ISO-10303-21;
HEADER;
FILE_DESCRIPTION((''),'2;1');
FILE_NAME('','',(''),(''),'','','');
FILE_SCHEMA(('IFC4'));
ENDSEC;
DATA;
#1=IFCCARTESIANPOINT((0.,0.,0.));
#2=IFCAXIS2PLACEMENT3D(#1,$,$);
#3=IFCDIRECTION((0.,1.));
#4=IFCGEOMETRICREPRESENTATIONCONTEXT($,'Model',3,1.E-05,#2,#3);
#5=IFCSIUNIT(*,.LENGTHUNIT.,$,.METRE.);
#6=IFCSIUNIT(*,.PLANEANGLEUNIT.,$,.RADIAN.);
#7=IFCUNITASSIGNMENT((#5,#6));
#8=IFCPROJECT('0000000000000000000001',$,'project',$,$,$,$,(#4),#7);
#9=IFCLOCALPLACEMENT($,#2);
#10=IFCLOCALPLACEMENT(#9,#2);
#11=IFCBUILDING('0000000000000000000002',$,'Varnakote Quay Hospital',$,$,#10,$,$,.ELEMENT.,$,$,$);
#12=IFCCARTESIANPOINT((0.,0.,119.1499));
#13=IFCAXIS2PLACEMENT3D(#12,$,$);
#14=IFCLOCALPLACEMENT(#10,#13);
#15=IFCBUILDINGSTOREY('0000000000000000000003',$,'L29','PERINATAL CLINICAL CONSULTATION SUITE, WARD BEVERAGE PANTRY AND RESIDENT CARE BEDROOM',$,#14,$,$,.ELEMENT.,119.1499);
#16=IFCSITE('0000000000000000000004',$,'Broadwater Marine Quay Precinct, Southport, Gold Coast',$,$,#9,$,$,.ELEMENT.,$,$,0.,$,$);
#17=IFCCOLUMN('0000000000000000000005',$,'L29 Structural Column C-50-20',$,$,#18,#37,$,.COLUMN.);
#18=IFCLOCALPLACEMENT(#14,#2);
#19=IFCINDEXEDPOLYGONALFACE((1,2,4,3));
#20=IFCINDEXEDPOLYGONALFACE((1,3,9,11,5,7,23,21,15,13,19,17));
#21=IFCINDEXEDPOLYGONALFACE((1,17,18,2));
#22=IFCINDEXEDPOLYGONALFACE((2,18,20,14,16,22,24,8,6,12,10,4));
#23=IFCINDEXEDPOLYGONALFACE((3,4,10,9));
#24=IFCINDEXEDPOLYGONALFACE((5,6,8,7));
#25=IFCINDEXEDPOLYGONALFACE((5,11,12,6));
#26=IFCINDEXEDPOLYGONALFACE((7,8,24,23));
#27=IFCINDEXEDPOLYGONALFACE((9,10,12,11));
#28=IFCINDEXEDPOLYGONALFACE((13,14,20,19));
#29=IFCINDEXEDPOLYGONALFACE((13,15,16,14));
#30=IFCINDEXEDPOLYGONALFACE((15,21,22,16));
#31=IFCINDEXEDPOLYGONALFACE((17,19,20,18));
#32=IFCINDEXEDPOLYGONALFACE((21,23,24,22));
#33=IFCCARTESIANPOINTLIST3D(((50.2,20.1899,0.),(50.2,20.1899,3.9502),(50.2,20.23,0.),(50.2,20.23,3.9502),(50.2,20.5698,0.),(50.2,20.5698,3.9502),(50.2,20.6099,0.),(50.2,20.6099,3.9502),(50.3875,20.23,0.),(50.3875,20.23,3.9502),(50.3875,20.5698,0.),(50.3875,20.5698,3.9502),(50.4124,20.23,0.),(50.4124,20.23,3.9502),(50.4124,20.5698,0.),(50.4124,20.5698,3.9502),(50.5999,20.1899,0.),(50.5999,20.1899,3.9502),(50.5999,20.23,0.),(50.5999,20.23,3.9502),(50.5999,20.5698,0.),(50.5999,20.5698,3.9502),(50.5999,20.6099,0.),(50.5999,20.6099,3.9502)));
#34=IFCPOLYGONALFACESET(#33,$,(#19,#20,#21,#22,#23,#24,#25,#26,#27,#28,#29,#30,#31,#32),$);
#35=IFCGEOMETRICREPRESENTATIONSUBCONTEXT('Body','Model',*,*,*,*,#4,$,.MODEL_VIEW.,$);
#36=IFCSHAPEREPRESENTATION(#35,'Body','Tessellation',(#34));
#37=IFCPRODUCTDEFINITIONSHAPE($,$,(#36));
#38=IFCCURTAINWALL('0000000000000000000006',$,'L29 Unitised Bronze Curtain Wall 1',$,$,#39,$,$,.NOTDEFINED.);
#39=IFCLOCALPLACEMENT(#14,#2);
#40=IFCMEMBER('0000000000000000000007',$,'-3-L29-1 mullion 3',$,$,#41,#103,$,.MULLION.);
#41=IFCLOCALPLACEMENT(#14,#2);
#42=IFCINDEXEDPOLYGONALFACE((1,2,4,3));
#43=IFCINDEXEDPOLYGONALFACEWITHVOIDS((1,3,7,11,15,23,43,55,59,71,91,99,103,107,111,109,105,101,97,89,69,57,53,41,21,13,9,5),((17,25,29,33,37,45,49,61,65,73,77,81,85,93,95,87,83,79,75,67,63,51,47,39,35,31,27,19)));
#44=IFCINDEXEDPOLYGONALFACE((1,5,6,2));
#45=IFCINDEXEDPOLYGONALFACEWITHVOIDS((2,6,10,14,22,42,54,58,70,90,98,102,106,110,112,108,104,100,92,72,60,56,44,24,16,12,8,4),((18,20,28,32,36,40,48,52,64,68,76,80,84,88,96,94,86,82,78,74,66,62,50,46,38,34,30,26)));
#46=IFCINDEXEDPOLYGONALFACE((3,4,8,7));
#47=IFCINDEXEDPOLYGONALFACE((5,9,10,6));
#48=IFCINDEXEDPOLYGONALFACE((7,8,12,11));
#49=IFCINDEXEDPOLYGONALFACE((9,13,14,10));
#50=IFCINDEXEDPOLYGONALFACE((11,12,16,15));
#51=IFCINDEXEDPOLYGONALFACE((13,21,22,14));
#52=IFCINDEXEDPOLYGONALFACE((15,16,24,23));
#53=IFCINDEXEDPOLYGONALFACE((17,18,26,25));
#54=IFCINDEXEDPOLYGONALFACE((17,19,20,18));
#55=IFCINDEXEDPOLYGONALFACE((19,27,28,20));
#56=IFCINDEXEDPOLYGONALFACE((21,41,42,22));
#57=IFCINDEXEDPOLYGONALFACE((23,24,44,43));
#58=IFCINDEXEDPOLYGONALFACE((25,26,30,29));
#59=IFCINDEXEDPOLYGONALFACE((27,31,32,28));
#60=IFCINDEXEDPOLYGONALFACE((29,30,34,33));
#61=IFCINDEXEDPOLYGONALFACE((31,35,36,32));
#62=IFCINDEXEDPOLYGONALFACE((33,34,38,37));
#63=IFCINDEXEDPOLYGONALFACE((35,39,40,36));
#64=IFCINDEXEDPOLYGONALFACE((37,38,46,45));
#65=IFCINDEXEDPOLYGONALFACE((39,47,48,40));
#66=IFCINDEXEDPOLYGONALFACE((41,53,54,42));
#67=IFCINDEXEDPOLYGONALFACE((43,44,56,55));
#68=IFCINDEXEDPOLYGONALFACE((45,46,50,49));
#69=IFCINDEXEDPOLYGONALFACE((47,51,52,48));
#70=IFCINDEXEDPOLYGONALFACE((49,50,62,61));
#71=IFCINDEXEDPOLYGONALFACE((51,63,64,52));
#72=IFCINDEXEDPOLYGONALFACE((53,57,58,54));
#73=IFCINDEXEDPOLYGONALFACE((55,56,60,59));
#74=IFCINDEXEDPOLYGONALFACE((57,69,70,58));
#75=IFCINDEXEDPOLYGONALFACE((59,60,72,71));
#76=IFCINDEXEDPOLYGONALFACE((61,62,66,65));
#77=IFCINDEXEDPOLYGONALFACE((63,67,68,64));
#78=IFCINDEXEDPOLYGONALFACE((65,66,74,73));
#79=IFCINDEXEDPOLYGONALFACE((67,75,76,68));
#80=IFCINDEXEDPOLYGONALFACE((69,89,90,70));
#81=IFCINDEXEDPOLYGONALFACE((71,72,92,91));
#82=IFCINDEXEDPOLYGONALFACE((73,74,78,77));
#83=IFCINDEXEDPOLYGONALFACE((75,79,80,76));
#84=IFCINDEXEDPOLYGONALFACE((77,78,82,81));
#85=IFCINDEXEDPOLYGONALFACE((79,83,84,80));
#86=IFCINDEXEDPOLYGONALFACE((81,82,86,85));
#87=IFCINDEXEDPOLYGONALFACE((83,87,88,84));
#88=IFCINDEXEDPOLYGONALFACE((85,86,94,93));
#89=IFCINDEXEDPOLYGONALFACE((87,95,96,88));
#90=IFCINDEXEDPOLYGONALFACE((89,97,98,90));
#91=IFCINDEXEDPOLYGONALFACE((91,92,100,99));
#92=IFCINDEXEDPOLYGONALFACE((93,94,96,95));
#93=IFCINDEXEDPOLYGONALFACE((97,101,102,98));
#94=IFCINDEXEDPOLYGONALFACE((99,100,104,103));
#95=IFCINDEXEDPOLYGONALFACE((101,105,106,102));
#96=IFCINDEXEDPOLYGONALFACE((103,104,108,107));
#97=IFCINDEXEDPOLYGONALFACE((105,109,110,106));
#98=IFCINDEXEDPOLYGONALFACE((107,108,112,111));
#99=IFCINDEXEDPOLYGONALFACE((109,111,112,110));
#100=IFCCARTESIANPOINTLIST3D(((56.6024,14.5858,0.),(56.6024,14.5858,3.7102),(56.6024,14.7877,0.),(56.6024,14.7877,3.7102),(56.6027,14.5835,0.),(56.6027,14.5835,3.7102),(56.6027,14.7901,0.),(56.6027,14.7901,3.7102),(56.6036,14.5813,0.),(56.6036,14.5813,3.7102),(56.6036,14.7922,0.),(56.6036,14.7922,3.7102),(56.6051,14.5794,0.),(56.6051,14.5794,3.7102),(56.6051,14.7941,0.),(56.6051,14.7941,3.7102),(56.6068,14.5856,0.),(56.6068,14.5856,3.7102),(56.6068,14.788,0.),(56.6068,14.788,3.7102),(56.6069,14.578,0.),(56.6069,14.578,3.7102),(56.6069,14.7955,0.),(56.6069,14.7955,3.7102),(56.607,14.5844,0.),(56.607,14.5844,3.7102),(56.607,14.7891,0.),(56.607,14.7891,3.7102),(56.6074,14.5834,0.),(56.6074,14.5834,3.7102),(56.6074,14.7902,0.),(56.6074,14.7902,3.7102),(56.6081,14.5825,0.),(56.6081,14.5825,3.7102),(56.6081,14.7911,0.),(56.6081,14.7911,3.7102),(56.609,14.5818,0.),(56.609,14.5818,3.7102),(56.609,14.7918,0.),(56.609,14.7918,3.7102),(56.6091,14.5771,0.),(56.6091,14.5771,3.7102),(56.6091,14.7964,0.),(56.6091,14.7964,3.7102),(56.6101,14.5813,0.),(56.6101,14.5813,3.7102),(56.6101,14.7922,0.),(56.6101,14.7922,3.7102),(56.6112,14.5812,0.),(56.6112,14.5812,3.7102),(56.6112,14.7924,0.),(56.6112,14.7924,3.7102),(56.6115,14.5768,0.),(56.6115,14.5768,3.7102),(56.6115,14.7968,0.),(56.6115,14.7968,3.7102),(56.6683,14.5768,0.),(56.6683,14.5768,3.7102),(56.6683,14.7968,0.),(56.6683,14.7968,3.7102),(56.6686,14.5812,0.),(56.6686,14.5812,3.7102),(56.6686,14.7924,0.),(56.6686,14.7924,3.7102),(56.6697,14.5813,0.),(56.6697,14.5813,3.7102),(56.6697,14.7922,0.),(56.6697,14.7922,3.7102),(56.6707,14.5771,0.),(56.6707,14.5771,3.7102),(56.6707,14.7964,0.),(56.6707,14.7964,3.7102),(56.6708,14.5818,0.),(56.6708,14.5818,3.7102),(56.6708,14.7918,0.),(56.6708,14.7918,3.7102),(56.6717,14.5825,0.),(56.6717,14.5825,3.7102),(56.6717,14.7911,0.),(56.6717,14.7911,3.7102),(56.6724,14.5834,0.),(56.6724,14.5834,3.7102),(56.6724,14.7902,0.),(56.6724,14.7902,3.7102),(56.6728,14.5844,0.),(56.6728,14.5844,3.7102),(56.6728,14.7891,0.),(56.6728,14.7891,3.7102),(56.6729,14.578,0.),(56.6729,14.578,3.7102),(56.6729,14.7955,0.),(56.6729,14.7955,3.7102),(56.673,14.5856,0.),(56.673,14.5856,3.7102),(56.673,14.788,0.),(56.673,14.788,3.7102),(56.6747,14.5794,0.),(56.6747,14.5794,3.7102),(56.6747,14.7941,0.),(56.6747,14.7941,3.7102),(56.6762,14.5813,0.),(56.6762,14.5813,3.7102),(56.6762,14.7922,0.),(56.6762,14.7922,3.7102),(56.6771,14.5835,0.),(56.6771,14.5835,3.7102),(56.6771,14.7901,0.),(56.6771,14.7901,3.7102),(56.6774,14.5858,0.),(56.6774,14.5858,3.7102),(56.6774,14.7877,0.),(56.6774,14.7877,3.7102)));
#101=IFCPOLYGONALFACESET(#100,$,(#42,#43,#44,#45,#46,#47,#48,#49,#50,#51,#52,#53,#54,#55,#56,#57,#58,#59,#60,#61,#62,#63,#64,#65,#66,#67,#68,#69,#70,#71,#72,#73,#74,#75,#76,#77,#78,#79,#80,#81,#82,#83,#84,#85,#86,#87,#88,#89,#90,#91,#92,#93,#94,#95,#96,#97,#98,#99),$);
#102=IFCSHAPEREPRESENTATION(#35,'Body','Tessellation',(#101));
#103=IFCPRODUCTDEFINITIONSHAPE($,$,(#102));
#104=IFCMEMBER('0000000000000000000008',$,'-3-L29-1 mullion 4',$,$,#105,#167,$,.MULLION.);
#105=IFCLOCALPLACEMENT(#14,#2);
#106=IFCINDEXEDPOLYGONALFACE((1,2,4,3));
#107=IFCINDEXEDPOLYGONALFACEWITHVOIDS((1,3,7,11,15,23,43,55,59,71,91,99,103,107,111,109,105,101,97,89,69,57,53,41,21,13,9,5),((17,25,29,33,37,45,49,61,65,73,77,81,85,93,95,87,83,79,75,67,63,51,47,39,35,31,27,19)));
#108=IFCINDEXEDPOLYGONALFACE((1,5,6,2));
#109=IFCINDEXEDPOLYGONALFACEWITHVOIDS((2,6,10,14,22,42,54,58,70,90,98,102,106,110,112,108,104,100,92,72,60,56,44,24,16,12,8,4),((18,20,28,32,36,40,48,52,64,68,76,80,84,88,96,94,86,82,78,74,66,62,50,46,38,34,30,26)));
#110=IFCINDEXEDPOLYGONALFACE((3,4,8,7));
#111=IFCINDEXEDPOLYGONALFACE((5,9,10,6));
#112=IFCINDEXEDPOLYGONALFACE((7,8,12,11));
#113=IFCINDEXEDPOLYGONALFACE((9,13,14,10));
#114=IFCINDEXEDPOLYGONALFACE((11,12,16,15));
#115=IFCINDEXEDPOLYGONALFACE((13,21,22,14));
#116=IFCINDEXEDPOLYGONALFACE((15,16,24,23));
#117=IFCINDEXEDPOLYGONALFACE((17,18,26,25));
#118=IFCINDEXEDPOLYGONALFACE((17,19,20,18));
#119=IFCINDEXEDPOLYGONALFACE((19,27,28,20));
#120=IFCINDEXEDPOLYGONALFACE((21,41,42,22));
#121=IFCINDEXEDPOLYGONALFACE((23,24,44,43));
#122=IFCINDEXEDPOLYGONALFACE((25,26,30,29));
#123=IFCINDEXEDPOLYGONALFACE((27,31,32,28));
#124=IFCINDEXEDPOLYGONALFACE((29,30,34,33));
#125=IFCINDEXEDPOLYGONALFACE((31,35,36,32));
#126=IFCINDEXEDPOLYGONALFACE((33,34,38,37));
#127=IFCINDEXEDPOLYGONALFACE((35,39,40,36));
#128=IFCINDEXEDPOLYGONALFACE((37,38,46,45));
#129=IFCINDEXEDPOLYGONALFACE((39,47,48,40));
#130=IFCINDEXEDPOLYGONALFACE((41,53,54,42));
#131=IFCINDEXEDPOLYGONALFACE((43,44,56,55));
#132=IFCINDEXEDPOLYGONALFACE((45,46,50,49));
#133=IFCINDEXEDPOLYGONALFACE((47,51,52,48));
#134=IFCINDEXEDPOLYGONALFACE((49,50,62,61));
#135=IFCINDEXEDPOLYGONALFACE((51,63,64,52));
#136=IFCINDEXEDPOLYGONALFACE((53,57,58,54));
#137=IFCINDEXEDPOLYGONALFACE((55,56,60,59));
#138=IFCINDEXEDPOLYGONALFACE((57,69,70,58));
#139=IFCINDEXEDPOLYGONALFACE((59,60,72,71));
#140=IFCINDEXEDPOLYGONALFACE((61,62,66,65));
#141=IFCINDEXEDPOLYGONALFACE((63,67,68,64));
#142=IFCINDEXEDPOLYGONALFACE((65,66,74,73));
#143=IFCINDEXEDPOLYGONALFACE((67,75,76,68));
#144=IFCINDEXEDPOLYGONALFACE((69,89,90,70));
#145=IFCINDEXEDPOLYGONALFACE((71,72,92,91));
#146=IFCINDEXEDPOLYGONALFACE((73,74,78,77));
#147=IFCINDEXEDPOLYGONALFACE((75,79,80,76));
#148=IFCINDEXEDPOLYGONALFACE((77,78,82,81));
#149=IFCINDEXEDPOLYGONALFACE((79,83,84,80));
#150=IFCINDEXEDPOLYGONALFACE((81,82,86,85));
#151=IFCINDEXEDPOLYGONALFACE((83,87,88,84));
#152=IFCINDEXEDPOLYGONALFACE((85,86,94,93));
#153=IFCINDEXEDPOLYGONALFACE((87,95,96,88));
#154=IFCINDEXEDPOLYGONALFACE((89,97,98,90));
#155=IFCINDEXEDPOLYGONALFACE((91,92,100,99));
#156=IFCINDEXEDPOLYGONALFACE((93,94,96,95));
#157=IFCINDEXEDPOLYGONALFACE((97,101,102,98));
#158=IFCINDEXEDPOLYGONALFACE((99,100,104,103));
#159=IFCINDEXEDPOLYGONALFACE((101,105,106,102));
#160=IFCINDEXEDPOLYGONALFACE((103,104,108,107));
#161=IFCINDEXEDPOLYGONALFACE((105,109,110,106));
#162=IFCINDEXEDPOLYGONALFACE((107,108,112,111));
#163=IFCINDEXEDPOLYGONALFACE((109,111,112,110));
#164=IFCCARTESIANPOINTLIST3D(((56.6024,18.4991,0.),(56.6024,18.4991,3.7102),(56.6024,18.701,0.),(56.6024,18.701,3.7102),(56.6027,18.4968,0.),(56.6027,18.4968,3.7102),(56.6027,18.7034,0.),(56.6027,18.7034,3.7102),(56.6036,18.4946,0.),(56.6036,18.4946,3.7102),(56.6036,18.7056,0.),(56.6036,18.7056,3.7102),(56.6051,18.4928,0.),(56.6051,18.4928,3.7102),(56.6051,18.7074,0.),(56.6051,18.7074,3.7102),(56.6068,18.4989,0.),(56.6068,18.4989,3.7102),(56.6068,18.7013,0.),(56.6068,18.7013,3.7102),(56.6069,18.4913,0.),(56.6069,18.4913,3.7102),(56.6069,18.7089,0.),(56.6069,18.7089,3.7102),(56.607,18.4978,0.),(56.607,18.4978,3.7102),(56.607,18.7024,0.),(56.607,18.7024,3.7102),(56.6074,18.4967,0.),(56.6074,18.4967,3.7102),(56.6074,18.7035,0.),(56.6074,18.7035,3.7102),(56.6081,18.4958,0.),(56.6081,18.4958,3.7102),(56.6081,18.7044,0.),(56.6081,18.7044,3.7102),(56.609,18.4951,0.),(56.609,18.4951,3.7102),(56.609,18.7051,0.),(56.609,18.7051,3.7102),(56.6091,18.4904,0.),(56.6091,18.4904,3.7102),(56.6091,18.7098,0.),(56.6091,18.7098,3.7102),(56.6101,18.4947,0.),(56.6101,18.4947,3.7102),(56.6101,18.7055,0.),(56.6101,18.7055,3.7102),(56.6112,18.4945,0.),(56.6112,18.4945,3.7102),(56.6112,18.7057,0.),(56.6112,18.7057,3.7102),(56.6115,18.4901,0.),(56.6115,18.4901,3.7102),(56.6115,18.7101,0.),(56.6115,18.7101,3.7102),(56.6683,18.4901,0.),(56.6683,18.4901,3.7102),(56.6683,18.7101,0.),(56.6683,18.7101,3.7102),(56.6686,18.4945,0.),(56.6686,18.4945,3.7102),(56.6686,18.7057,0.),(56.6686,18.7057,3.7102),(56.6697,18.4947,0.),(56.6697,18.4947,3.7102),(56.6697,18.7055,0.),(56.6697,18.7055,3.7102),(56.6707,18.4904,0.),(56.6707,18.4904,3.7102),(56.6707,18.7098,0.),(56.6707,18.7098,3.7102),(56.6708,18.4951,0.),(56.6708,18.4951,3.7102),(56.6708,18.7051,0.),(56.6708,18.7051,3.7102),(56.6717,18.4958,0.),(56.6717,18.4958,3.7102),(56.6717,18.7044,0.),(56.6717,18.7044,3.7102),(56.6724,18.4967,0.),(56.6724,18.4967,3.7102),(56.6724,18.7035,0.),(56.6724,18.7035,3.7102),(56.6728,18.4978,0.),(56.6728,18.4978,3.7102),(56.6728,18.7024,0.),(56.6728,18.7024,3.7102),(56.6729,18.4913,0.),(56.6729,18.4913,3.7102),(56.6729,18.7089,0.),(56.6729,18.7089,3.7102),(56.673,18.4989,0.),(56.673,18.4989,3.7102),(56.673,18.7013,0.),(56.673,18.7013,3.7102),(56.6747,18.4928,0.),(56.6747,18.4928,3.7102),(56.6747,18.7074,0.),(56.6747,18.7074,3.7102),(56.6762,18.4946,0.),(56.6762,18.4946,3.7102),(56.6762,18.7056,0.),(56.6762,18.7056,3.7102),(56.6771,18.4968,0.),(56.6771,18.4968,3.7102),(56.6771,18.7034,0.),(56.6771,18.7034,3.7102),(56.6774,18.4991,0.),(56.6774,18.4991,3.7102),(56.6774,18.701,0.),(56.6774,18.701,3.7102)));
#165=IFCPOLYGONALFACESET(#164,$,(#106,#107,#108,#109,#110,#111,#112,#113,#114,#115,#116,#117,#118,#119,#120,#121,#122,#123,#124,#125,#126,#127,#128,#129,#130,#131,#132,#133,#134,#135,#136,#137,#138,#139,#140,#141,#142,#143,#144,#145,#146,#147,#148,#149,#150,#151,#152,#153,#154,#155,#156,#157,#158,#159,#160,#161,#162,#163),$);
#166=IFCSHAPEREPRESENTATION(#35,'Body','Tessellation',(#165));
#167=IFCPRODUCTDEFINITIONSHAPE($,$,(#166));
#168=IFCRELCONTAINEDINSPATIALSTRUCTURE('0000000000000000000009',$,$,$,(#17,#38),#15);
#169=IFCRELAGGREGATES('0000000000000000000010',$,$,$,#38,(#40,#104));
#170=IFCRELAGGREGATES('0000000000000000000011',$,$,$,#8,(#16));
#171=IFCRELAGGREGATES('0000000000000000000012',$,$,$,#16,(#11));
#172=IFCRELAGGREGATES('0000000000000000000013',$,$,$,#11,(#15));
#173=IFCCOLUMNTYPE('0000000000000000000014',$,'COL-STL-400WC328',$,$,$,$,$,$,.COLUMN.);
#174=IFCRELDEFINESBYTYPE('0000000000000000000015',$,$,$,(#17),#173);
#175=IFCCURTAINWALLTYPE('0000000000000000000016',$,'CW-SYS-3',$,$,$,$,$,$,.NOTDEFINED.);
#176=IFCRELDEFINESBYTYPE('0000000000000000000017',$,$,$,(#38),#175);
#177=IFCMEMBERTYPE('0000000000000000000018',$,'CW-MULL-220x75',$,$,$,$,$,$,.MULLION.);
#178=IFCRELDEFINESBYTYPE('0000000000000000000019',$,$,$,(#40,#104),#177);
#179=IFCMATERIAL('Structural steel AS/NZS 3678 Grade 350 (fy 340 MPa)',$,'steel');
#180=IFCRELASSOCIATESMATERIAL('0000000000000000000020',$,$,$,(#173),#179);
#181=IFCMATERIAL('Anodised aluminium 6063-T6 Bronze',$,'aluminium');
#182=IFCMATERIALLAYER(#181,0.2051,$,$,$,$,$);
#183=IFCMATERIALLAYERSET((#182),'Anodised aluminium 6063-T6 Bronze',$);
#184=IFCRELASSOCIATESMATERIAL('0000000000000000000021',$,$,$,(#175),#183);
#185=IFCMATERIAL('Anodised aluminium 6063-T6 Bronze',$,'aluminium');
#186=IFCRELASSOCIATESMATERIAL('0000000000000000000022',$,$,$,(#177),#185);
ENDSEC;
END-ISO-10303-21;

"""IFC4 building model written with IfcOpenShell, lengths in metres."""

from ifc_helpers import new_model, si_unit, direction, frame, origin, origin_2d, place, context, subcontext, project, spatial, hollow_rectangle, i_section, extrude, material, layer, layer_set, material_profile, profile_set, type_object, element, aggregate, save


model = new_model("IFC4")

# Units and contexts
model_context = context("Model", 3, precision=1e-05, world=origin(), true_north=direction((0.0, 1.0)))
body_context = subcontext(model_context, "Body", "Model", "MODEL_VIEW")
ifc_project = project(units=[si_unit("LENGTHUNIT", "METRE"), si_unit("PLANEANGLEUNIT", "RADIAN")], contexts=[model_context])

# Site, building, storey
site_placement = place(None, origin())
site = spatial("IfcSite", under=ifc_project, at=site_placement, Name="Broadwater Marine Quay Precinct, Southport, Gold Coast", CompositionType="ELEMENT", RefElevation=0.0)
building_placement = place(site_placement, origin())
building = spatial("IfcBuilding", under=site, at=building_placement, Name="Varnakote Quay Hospital", CompositionType="ELEMENT")
storey_placement = place(building_placement, frame((0.0, 0.0, 119.1499)))
storey = spatial("IfcBuildingStorey", under=building, at=storey_placement, Name="L29", Description="PERINATAL CLINICAL CONSULTATION SUITE, WARD BEVERAGE PANTRY AND RESIDENT CARE BEDROOM", CompositionType="ELEMENT", Elevation=119.1499)

# Column
ifc_material_1 = material(Name="Structural steel AS/NZS 3678 Grade 350 (fy 340 MPa)", Category="steel")
ifc_material_profile_1 = material_profile(ifc_material_1, i_section(OverallWidth=0.3999, OverallDepth=0.4199, WebThickness=0.0249, FlangeThickness=0.04, at=origin_2d()), Name="400WC328")
ifc_profile_set_1 = profile_set([ifc_material_profile_1], Name="Structural steel AS/NZS 3678 Grade 350 (fy 340 MPa)")
column_type = type_object("IfcColumnType", Name="COL-STL-400WC328", PredefinedType="COLUMN", material=ifc_profile_set_1)
column_placement = place(storey_placement, frame((50.3999, 20.3999, 0.0), z_axis=(0.0, 0.0, 1.0), x_axis=(1.0, 0.0, 0.0)))
element("IfcColumn", 1, at=column_placement, inside=storey, type_object=column_type, Name="L29 Structural Column C-50-20", PredefinedType="COLUMN", context=body_context, shape_type="SweptSolid", body=[
    extrude(i_section(OverallWidth=0.3999, OverallDepth=0.4199, WebThickness=0.0249, FlangeThickness=0.04, at=origin_2d()), origin(), (0.0, 0.0, 1.0), 3.9502),
])

# Curtain wall, members
ifc_material_2 = material(Name="Anodised aluminium 6063-T6 Bronze", Category="aluminium")
ifc_layer_1 = layer(ifc_material_2, 0.2051)
ifc_layer_set_1 = layer_set([ifc_layer_1], Name="Anodised aluminium 6063-T6 Bronze")
curtain_wall_type = type_object("IfcCurtainWallType", Name="CW-SYS-3", PredefinedType="NOTDEFINED", material=ifc_layer_set_1)
curtain_wall_placement = place(storey_placement, origin())
curtain_wall = element("IfcCurtainWall", 2, at=curtain_wall_placement, inside=storey, type_object=curtain_wall_type, Name="L29 Unitised Bronze Curtain Wall 1", PredefinedType="NOTDEFINED")
ifc_material_3 = material(Name="Anodised aluminium 6063-T6 Bronze", Category="aluminium")
ifc_material_profile_2 = material_profile(ifc_material_3, hollow_rectangle(XDim=0.075, YDim=0.22, WallThickness=0.0044, InnerFilletRadius=0.0044, OuterFilletRadius=0.009, at=origin_2d()), Name="CW-MULL-220x75")
ifc_profile_set_2 = profile_set([ifc_material_profile_2], Name="Anodised aluminium 6063-T6 Bronze")
member_type_1 = type_object("IfcMemberType", Name="CW-MULL-220x75", PredefinedType="MULLION", material=ifc_profile_set_2)
member_1_placement = place(storey_placement, frame((56.6399, 14.6868, 0.0), z_axis=(0.0, 0.0, 1.0), x_axis=(-1.0, 0.0, 0.0)))
member_1 = element("IfcMember", 3, at=member_1_placement, type_object=member_type_1, Name="-3-L29-1 mullion 3", PredefinedType="MULLION", context=body_context, shape_type="SweptSolid", body=[
    extrude(hollow_rectangle(XDim=0.075, YDim=0.22, WallThickness=0.0044, InnerFilletRadius=0.0044, OuterFilletRadius=0.009, at=origin_2d()), origin(), (0.0, 0.0, 1.0), 3.7102),
])
member_2_placement = place(storey_placement, frame((56.6399, 18.6001, 0.0), z_axis=(0.0, 0.0, 1.0), x_axis=(-1.0, 0.0, 0.0)))
member_2 = element("IfcMember", 4, at=member_2_placement, type_object=member_type_1, Name="-3-L29-1 mullion 4", PredefinedType="MULLION", context=body_context, shape_type="SweptSolid", body=[
    extrude(hollow_rectangle(XDim=0.075, YDim=0.22, WallThickness=0.0044, InnerFilletRadius=0.0044, OuterFilletRadius=0.009, at=origin_2d()), origin(), (0.0, 0.0, 1.0), 3.7102),
])
aggregate(curtain_wall, [member_1, member_2])

save(model, "model.ifc")
